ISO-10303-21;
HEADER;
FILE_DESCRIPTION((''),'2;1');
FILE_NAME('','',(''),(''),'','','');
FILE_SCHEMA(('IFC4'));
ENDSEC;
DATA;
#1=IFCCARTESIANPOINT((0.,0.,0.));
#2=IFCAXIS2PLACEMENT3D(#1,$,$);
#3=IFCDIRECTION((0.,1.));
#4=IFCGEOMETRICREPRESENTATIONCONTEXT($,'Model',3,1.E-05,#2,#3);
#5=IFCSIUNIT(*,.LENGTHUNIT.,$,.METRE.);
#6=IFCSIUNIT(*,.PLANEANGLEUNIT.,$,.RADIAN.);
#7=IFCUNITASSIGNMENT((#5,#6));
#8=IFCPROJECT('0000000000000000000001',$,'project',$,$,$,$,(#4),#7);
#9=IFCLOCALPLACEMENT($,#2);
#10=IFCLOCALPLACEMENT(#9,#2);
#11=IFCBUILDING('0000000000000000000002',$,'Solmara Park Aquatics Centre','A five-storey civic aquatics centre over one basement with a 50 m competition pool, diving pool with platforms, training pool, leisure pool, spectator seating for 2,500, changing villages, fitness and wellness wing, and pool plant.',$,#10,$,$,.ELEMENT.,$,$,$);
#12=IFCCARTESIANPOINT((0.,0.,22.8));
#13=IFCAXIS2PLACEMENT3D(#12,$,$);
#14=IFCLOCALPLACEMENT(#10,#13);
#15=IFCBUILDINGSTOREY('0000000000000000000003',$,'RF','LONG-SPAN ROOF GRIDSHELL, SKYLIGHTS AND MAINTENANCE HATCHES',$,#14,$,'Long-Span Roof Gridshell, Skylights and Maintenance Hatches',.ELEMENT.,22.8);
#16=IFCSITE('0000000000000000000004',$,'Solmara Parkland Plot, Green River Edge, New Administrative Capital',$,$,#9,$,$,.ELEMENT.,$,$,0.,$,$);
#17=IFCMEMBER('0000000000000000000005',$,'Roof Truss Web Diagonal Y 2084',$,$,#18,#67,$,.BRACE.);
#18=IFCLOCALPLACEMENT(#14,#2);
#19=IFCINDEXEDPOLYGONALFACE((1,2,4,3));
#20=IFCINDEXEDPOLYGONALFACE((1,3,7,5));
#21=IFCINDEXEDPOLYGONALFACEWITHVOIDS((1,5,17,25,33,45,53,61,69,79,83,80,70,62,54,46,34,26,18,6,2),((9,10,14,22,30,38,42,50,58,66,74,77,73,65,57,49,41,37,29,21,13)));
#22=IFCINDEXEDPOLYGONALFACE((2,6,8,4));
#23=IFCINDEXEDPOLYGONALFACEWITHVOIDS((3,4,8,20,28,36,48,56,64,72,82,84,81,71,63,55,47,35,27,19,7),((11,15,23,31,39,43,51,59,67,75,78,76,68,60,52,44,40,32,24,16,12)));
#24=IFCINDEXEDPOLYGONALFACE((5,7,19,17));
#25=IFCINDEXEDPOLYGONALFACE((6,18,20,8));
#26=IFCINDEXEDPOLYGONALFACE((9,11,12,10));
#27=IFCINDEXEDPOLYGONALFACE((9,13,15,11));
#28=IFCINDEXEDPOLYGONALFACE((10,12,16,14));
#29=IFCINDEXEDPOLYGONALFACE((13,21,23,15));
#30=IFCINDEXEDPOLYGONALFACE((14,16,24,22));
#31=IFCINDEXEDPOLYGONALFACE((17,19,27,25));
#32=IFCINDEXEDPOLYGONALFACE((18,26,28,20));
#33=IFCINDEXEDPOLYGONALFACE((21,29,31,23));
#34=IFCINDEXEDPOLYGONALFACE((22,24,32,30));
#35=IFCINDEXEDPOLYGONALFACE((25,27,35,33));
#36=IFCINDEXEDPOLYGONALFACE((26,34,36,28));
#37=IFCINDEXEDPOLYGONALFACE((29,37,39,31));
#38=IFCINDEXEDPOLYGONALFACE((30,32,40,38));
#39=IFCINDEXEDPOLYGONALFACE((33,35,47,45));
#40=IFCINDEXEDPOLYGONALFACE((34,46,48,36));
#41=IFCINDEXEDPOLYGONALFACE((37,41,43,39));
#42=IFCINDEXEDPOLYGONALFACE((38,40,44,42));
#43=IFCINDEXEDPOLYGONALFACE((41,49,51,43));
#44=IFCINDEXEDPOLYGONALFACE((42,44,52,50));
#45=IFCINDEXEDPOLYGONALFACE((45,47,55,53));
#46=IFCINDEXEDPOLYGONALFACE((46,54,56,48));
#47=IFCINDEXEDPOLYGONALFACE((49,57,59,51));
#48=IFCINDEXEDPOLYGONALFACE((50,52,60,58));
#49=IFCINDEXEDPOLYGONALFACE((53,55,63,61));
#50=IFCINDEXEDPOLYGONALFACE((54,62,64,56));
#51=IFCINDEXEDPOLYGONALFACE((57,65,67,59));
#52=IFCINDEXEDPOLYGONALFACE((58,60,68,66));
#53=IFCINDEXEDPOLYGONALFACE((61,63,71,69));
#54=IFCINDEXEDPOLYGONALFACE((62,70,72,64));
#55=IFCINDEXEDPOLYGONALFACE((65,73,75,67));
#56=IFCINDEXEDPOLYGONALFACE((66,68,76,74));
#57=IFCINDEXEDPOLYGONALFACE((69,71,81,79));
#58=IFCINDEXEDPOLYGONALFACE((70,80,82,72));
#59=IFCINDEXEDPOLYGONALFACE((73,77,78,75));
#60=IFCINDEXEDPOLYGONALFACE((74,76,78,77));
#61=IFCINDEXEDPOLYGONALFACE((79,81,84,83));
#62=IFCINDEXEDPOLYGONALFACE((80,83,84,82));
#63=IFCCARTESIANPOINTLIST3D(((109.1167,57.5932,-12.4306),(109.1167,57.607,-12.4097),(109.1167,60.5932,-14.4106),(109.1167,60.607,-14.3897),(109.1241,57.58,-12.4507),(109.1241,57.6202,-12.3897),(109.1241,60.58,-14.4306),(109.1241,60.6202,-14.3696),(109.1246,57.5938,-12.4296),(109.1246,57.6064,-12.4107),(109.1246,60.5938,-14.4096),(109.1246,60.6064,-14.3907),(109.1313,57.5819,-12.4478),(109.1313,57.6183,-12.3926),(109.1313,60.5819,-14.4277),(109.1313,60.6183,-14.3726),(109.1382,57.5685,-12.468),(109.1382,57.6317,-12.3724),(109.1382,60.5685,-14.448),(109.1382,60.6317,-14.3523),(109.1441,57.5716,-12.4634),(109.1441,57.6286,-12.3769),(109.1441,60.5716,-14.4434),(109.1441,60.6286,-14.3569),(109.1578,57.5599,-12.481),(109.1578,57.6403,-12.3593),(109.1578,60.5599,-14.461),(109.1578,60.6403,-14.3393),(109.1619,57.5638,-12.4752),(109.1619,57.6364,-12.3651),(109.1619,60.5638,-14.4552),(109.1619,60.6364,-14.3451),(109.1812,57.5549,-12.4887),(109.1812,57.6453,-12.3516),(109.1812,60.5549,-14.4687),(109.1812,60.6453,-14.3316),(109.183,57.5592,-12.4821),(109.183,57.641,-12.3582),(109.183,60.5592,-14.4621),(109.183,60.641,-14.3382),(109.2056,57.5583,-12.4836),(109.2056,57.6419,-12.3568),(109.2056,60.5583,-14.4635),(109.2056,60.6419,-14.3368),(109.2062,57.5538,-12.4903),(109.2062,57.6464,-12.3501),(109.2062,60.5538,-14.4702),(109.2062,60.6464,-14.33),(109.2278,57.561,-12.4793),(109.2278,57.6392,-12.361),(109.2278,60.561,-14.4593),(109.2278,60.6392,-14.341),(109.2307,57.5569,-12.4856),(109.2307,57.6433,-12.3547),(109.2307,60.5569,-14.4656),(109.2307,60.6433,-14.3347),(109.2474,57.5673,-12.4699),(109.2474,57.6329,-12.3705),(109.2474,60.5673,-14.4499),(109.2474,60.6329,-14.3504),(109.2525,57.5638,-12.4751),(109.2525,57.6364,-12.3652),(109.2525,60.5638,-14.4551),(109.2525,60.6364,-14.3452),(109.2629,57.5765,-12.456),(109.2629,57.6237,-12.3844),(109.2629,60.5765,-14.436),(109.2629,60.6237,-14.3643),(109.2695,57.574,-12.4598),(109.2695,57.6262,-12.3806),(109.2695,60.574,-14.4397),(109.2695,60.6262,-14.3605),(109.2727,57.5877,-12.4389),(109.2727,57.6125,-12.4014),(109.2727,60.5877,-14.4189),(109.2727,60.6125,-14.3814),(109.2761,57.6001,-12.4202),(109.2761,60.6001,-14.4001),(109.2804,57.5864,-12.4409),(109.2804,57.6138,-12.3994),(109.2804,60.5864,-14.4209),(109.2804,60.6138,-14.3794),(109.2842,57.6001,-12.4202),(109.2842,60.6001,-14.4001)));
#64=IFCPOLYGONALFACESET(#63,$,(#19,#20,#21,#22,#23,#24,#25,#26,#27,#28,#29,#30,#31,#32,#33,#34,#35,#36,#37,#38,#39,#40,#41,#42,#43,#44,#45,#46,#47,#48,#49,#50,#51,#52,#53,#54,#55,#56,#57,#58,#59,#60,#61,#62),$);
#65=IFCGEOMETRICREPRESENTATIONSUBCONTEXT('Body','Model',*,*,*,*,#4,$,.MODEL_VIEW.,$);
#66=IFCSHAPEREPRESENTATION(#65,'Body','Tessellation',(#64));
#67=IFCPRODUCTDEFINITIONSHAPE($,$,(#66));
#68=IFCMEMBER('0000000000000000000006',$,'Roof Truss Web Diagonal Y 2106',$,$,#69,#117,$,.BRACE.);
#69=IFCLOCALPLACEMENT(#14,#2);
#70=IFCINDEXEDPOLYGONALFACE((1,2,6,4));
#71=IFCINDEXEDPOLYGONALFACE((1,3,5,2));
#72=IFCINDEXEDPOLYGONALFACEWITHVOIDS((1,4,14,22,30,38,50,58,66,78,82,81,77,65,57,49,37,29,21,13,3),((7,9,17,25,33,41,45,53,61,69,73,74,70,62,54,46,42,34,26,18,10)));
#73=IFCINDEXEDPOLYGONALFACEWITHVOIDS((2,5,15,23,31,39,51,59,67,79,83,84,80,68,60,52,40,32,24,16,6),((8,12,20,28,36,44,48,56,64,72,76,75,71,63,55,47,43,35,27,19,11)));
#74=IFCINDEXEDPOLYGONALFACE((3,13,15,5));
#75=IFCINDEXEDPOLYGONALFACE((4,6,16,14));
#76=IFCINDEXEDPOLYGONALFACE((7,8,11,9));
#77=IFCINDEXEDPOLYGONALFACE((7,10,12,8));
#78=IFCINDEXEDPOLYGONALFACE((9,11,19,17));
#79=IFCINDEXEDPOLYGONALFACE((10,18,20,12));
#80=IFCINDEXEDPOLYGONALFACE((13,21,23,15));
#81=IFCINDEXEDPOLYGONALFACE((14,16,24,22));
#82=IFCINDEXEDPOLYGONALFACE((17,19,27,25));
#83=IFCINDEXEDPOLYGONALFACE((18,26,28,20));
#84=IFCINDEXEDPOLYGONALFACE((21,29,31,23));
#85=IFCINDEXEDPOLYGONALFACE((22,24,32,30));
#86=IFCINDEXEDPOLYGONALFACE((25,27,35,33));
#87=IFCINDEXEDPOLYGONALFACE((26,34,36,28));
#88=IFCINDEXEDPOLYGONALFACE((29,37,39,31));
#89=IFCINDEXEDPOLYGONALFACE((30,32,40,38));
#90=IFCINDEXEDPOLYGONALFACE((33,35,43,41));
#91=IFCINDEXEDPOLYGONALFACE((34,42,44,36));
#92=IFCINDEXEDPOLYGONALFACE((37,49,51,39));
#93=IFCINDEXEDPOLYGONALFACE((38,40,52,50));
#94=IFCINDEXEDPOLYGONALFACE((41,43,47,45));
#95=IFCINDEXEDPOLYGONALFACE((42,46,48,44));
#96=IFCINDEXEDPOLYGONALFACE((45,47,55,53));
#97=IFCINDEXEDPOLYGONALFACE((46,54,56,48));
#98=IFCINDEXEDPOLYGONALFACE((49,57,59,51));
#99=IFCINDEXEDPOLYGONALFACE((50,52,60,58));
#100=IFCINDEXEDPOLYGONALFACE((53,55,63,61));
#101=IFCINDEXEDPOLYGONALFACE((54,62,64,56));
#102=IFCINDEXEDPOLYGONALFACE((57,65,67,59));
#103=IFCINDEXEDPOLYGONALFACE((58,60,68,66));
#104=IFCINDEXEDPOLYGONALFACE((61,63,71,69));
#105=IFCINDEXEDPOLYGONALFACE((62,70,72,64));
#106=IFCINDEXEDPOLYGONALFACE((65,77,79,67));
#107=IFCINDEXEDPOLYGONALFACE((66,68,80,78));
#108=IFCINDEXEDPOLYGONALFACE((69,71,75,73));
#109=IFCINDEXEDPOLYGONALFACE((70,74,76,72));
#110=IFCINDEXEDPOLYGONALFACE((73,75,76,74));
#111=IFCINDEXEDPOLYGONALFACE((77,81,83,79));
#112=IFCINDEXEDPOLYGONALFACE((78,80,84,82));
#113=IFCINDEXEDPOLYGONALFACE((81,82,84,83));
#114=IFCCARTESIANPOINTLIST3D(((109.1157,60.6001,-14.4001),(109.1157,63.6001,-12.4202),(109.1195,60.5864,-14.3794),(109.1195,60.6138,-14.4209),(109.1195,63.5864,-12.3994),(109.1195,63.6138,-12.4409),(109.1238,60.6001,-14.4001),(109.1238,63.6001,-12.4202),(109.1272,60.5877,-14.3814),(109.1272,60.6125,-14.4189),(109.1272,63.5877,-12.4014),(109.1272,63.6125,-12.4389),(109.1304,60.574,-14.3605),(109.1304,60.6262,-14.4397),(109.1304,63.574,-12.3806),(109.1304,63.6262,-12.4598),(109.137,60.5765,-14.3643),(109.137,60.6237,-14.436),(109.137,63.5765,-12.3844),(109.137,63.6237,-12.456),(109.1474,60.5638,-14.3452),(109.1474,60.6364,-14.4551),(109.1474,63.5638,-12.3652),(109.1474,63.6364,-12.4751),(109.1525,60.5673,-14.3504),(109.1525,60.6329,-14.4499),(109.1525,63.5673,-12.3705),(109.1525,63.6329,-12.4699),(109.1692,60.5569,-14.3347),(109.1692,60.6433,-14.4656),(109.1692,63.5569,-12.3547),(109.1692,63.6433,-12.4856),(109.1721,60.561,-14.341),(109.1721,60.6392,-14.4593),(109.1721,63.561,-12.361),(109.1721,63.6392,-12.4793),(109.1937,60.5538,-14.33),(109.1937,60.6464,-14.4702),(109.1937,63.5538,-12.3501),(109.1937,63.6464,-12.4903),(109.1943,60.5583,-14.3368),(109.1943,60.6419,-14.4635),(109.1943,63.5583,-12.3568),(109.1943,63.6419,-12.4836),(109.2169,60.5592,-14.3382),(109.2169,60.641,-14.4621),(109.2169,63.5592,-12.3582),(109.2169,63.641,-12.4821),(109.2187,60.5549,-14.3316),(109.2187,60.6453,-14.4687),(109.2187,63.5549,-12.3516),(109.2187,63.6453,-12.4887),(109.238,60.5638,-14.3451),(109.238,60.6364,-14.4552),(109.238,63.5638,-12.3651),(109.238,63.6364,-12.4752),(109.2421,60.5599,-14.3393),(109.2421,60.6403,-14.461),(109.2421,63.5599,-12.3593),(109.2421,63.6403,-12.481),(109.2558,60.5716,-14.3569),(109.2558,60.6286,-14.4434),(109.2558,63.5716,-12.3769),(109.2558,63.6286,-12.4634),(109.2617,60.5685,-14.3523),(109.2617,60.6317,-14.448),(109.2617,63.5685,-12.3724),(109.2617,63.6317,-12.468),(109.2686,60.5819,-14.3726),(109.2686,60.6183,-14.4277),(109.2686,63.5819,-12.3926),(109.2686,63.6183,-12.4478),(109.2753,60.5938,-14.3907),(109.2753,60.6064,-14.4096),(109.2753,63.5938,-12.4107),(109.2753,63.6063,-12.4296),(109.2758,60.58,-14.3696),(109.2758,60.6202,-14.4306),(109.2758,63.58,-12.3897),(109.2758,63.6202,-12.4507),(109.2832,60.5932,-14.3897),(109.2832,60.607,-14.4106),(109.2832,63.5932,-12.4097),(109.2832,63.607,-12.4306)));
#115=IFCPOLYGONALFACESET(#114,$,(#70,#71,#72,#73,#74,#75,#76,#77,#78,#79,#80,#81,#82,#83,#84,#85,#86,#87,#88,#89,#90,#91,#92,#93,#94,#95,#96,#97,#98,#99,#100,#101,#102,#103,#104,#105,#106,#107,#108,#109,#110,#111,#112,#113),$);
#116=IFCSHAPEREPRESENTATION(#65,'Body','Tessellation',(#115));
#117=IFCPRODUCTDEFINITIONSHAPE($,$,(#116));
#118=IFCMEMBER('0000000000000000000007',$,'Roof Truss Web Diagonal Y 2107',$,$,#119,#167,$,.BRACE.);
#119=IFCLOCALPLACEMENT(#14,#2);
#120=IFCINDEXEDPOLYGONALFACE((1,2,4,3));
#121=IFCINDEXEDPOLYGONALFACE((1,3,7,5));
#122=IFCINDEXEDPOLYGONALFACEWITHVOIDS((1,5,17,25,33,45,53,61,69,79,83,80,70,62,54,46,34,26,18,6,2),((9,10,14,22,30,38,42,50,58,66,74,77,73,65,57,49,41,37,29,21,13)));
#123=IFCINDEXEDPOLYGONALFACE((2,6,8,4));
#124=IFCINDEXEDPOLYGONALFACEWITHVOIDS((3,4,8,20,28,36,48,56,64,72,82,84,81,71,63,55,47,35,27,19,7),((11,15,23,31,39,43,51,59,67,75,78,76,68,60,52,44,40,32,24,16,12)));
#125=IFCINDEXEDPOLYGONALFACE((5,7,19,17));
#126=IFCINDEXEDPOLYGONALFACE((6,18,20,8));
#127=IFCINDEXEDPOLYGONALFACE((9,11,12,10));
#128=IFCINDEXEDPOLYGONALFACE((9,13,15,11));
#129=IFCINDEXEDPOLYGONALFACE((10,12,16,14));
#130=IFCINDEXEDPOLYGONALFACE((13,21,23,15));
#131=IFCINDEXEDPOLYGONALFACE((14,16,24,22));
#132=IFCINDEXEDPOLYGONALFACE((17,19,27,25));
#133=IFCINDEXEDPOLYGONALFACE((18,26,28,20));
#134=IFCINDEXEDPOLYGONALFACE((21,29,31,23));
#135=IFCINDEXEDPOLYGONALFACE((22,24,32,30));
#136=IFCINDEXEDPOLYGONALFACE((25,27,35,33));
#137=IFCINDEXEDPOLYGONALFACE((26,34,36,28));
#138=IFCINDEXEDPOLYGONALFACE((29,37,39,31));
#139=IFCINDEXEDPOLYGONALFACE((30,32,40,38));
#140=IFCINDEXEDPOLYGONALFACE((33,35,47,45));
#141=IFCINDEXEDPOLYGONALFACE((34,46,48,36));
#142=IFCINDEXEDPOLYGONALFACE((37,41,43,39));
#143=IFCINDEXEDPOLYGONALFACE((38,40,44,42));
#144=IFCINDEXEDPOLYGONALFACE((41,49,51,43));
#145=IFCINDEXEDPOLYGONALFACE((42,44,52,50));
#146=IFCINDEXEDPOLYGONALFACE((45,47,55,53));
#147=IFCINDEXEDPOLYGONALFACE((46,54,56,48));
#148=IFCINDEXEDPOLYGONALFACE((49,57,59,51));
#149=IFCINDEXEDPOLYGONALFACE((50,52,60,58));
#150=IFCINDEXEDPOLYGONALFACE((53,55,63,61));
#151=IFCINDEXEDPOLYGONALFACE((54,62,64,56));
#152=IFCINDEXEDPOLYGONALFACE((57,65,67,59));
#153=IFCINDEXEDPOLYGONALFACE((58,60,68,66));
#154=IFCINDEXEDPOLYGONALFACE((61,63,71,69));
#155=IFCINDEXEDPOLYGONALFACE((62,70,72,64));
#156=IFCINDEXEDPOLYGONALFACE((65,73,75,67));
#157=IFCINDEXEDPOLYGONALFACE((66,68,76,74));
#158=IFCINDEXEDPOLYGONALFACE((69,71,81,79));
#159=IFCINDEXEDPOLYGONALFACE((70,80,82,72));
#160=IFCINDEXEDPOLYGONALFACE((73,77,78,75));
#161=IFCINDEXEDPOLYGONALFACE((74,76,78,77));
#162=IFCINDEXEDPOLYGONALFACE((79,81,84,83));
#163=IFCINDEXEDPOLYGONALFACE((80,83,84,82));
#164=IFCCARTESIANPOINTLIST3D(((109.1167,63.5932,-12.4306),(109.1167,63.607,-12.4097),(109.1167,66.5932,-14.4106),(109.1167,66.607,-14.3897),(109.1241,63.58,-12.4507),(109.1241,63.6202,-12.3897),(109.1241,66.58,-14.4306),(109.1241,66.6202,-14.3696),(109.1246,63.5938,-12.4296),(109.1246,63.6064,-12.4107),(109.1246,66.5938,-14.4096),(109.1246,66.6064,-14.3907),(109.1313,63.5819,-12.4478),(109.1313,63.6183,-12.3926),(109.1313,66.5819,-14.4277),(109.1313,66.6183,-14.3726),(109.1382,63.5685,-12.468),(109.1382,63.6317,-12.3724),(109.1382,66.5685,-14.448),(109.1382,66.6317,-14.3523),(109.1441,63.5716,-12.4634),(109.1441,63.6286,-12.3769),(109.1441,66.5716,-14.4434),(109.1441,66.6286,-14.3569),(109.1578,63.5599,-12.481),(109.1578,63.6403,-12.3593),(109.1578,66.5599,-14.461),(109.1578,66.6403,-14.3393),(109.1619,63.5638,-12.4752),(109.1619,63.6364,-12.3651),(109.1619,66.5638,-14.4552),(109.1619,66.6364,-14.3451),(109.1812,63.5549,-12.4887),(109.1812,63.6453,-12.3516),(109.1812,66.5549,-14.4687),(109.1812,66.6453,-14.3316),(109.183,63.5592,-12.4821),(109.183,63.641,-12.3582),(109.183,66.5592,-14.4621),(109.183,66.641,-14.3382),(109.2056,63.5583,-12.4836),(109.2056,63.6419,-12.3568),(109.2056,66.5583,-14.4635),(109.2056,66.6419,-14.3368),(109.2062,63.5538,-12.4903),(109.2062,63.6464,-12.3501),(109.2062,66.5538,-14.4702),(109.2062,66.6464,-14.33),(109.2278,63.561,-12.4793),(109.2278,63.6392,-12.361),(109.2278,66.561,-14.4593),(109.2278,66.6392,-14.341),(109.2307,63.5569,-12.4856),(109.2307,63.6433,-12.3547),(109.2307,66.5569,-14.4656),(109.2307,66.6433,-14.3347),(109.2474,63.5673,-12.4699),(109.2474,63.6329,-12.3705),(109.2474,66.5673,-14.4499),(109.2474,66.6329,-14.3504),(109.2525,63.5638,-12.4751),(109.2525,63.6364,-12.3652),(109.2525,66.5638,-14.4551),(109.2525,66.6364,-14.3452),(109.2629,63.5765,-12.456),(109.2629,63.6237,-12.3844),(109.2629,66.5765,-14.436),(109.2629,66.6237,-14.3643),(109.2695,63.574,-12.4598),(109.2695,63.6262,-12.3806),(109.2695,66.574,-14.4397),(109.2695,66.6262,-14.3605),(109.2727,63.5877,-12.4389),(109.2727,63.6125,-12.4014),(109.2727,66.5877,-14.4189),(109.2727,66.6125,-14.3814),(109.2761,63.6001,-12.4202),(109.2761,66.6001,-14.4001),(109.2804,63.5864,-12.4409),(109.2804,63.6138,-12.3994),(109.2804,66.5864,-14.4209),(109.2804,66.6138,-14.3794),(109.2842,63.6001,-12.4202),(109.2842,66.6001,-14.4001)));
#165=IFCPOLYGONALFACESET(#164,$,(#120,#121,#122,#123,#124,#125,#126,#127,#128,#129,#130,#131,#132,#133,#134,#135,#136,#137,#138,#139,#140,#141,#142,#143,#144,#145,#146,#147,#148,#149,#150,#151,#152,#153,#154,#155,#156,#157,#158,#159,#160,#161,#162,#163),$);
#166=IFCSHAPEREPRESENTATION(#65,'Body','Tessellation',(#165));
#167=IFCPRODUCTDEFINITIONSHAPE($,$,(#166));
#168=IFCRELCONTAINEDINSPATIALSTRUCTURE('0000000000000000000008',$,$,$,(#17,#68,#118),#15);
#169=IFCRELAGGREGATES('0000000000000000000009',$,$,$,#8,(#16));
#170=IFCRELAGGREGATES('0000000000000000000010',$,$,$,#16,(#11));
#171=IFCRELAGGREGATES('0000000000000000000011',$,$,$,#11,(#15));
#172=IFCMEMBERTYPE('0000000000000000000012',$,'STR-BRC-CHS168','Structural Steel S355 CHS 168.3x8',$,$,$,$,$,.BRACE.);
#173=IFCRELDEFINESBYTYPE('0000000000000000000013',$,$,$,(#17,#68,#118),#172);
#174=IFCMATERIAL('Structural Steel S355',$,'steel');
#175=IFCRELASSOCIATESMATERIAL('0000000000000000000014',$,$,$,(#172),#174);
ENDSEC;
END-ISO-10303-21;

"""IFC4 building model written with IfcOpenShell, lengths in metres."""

from ifc_helpers import new_model, si_unit, direction, frame, origin, origin_2d, place, context, subcontext, project, spatial, hollow_circle, extrude, material, material_profile, profile_set, type_object, element, save


model = new_model("IFC4")

# Units and contexts
model_context = context("Model", 3, precision=1e-05, world=origin(), true_north=direction((0.0, 1.0)))
body_context = subcontext(model_context, "Body", "Model", "MODEL_VIEW")
ifc_project = project(units=[si_unit("LENGTHUNIT", "METRE"), si_unit("PLANEANGLEUNIT", "RADIAN")], contexts=[model_context])

# Site, building, storey
site_placement = place(None, origin())
site = spatial("IfcSite", under=ifc_project, at=site_placement, Name="Solmara Parkland Plot, Green River Edge, New Administrative Capital", CompositionType="ELEMENT", RefElevation=0.0)
building_placement = place(site_placement, origin())
building = spatial("IfcBuilding", under=site, at=building_placement, Name="Solmara Park Aquatics Centre", Description="A five-storey civic aquatics centre over one basement with a 50 m competition pool, diving pool with platforms, training pool, leisure pool, spectator seating for 2,500, changing villages, fitness and wellness wing, and pool plant.", CompositionType="ELEMENT")
storey_placement = place(building_placement, frame((0.0, 0.0, 22.8)))
storey = spatial("IfcBuildingStorey", under=building, at=storey_placement, Name="RF", Description="LONG-SPAN ROOF GRIDSHELL, SKYLIGHTS AND MAINTENANCE HATCHES", LongName="Long-Span Roof Gridshell, Skylights and Maintenance Hatches", CompositionType="ELEMENT", Elevation=22.8)

# Members
ifc_material_1 = material(Name="Structural Steel S355", Category="steel")
ifc_material_profile_1 = material_profile(ifc_material_1, hollow_circle(Radius=0.0842, WallThickness=0.0081, at=origin_2d()), Name="CHS 168.3x8")
ifc_profile_set_1 = profile_set([ifc_material_profile_1], Name="Structural Steel S355")
member_type_1 = type_object("IfcMemberType", Name="STR-BRC-CHS168", Description="Structural Steel S355 CHS 168.3x8", PredefinedType="BRACE", material=ifc_profile_set_1)
for number, where, z_axis, x_axis, name in (
    (1, (109.2, 60.6001, -14.4001), (0.0, -0.834612, 0.550838), (1.0, 0.0, 0.0), "Roof Truss Web Diagonal Y 2084"),
    (2, (109.2, 60.6001, -14.4001), (0.0, 0.834612, 0.550838), (-1.0, 0.0, 0.0), "Roof Truss Web Diagonal Y 2106"),
    (3, (109.2, 66.6001, -14.4001), (0.0, -0.834612, 0.550838), (1.0, 0.0, 0.0), "Roof Truss Web Diagonal Y 2107"),
):
    element("IfcMember", number, at=place(storey_placement, frame(where, z_axis=z_axis, x_axis=x_axis)), inside=storey, type_object=member_type_1, Name=name, PredefinedType="BRACE", context=body_context, shape_type="SweptSolid", body=[
        extrude(hollow_circle(Radius=0.0842, WallThickness=0.0081, at=origin_2d()), origin(), (0.0, 0.0, 1.0), 3.5945),
    ])

save(model, "model.ifc")
